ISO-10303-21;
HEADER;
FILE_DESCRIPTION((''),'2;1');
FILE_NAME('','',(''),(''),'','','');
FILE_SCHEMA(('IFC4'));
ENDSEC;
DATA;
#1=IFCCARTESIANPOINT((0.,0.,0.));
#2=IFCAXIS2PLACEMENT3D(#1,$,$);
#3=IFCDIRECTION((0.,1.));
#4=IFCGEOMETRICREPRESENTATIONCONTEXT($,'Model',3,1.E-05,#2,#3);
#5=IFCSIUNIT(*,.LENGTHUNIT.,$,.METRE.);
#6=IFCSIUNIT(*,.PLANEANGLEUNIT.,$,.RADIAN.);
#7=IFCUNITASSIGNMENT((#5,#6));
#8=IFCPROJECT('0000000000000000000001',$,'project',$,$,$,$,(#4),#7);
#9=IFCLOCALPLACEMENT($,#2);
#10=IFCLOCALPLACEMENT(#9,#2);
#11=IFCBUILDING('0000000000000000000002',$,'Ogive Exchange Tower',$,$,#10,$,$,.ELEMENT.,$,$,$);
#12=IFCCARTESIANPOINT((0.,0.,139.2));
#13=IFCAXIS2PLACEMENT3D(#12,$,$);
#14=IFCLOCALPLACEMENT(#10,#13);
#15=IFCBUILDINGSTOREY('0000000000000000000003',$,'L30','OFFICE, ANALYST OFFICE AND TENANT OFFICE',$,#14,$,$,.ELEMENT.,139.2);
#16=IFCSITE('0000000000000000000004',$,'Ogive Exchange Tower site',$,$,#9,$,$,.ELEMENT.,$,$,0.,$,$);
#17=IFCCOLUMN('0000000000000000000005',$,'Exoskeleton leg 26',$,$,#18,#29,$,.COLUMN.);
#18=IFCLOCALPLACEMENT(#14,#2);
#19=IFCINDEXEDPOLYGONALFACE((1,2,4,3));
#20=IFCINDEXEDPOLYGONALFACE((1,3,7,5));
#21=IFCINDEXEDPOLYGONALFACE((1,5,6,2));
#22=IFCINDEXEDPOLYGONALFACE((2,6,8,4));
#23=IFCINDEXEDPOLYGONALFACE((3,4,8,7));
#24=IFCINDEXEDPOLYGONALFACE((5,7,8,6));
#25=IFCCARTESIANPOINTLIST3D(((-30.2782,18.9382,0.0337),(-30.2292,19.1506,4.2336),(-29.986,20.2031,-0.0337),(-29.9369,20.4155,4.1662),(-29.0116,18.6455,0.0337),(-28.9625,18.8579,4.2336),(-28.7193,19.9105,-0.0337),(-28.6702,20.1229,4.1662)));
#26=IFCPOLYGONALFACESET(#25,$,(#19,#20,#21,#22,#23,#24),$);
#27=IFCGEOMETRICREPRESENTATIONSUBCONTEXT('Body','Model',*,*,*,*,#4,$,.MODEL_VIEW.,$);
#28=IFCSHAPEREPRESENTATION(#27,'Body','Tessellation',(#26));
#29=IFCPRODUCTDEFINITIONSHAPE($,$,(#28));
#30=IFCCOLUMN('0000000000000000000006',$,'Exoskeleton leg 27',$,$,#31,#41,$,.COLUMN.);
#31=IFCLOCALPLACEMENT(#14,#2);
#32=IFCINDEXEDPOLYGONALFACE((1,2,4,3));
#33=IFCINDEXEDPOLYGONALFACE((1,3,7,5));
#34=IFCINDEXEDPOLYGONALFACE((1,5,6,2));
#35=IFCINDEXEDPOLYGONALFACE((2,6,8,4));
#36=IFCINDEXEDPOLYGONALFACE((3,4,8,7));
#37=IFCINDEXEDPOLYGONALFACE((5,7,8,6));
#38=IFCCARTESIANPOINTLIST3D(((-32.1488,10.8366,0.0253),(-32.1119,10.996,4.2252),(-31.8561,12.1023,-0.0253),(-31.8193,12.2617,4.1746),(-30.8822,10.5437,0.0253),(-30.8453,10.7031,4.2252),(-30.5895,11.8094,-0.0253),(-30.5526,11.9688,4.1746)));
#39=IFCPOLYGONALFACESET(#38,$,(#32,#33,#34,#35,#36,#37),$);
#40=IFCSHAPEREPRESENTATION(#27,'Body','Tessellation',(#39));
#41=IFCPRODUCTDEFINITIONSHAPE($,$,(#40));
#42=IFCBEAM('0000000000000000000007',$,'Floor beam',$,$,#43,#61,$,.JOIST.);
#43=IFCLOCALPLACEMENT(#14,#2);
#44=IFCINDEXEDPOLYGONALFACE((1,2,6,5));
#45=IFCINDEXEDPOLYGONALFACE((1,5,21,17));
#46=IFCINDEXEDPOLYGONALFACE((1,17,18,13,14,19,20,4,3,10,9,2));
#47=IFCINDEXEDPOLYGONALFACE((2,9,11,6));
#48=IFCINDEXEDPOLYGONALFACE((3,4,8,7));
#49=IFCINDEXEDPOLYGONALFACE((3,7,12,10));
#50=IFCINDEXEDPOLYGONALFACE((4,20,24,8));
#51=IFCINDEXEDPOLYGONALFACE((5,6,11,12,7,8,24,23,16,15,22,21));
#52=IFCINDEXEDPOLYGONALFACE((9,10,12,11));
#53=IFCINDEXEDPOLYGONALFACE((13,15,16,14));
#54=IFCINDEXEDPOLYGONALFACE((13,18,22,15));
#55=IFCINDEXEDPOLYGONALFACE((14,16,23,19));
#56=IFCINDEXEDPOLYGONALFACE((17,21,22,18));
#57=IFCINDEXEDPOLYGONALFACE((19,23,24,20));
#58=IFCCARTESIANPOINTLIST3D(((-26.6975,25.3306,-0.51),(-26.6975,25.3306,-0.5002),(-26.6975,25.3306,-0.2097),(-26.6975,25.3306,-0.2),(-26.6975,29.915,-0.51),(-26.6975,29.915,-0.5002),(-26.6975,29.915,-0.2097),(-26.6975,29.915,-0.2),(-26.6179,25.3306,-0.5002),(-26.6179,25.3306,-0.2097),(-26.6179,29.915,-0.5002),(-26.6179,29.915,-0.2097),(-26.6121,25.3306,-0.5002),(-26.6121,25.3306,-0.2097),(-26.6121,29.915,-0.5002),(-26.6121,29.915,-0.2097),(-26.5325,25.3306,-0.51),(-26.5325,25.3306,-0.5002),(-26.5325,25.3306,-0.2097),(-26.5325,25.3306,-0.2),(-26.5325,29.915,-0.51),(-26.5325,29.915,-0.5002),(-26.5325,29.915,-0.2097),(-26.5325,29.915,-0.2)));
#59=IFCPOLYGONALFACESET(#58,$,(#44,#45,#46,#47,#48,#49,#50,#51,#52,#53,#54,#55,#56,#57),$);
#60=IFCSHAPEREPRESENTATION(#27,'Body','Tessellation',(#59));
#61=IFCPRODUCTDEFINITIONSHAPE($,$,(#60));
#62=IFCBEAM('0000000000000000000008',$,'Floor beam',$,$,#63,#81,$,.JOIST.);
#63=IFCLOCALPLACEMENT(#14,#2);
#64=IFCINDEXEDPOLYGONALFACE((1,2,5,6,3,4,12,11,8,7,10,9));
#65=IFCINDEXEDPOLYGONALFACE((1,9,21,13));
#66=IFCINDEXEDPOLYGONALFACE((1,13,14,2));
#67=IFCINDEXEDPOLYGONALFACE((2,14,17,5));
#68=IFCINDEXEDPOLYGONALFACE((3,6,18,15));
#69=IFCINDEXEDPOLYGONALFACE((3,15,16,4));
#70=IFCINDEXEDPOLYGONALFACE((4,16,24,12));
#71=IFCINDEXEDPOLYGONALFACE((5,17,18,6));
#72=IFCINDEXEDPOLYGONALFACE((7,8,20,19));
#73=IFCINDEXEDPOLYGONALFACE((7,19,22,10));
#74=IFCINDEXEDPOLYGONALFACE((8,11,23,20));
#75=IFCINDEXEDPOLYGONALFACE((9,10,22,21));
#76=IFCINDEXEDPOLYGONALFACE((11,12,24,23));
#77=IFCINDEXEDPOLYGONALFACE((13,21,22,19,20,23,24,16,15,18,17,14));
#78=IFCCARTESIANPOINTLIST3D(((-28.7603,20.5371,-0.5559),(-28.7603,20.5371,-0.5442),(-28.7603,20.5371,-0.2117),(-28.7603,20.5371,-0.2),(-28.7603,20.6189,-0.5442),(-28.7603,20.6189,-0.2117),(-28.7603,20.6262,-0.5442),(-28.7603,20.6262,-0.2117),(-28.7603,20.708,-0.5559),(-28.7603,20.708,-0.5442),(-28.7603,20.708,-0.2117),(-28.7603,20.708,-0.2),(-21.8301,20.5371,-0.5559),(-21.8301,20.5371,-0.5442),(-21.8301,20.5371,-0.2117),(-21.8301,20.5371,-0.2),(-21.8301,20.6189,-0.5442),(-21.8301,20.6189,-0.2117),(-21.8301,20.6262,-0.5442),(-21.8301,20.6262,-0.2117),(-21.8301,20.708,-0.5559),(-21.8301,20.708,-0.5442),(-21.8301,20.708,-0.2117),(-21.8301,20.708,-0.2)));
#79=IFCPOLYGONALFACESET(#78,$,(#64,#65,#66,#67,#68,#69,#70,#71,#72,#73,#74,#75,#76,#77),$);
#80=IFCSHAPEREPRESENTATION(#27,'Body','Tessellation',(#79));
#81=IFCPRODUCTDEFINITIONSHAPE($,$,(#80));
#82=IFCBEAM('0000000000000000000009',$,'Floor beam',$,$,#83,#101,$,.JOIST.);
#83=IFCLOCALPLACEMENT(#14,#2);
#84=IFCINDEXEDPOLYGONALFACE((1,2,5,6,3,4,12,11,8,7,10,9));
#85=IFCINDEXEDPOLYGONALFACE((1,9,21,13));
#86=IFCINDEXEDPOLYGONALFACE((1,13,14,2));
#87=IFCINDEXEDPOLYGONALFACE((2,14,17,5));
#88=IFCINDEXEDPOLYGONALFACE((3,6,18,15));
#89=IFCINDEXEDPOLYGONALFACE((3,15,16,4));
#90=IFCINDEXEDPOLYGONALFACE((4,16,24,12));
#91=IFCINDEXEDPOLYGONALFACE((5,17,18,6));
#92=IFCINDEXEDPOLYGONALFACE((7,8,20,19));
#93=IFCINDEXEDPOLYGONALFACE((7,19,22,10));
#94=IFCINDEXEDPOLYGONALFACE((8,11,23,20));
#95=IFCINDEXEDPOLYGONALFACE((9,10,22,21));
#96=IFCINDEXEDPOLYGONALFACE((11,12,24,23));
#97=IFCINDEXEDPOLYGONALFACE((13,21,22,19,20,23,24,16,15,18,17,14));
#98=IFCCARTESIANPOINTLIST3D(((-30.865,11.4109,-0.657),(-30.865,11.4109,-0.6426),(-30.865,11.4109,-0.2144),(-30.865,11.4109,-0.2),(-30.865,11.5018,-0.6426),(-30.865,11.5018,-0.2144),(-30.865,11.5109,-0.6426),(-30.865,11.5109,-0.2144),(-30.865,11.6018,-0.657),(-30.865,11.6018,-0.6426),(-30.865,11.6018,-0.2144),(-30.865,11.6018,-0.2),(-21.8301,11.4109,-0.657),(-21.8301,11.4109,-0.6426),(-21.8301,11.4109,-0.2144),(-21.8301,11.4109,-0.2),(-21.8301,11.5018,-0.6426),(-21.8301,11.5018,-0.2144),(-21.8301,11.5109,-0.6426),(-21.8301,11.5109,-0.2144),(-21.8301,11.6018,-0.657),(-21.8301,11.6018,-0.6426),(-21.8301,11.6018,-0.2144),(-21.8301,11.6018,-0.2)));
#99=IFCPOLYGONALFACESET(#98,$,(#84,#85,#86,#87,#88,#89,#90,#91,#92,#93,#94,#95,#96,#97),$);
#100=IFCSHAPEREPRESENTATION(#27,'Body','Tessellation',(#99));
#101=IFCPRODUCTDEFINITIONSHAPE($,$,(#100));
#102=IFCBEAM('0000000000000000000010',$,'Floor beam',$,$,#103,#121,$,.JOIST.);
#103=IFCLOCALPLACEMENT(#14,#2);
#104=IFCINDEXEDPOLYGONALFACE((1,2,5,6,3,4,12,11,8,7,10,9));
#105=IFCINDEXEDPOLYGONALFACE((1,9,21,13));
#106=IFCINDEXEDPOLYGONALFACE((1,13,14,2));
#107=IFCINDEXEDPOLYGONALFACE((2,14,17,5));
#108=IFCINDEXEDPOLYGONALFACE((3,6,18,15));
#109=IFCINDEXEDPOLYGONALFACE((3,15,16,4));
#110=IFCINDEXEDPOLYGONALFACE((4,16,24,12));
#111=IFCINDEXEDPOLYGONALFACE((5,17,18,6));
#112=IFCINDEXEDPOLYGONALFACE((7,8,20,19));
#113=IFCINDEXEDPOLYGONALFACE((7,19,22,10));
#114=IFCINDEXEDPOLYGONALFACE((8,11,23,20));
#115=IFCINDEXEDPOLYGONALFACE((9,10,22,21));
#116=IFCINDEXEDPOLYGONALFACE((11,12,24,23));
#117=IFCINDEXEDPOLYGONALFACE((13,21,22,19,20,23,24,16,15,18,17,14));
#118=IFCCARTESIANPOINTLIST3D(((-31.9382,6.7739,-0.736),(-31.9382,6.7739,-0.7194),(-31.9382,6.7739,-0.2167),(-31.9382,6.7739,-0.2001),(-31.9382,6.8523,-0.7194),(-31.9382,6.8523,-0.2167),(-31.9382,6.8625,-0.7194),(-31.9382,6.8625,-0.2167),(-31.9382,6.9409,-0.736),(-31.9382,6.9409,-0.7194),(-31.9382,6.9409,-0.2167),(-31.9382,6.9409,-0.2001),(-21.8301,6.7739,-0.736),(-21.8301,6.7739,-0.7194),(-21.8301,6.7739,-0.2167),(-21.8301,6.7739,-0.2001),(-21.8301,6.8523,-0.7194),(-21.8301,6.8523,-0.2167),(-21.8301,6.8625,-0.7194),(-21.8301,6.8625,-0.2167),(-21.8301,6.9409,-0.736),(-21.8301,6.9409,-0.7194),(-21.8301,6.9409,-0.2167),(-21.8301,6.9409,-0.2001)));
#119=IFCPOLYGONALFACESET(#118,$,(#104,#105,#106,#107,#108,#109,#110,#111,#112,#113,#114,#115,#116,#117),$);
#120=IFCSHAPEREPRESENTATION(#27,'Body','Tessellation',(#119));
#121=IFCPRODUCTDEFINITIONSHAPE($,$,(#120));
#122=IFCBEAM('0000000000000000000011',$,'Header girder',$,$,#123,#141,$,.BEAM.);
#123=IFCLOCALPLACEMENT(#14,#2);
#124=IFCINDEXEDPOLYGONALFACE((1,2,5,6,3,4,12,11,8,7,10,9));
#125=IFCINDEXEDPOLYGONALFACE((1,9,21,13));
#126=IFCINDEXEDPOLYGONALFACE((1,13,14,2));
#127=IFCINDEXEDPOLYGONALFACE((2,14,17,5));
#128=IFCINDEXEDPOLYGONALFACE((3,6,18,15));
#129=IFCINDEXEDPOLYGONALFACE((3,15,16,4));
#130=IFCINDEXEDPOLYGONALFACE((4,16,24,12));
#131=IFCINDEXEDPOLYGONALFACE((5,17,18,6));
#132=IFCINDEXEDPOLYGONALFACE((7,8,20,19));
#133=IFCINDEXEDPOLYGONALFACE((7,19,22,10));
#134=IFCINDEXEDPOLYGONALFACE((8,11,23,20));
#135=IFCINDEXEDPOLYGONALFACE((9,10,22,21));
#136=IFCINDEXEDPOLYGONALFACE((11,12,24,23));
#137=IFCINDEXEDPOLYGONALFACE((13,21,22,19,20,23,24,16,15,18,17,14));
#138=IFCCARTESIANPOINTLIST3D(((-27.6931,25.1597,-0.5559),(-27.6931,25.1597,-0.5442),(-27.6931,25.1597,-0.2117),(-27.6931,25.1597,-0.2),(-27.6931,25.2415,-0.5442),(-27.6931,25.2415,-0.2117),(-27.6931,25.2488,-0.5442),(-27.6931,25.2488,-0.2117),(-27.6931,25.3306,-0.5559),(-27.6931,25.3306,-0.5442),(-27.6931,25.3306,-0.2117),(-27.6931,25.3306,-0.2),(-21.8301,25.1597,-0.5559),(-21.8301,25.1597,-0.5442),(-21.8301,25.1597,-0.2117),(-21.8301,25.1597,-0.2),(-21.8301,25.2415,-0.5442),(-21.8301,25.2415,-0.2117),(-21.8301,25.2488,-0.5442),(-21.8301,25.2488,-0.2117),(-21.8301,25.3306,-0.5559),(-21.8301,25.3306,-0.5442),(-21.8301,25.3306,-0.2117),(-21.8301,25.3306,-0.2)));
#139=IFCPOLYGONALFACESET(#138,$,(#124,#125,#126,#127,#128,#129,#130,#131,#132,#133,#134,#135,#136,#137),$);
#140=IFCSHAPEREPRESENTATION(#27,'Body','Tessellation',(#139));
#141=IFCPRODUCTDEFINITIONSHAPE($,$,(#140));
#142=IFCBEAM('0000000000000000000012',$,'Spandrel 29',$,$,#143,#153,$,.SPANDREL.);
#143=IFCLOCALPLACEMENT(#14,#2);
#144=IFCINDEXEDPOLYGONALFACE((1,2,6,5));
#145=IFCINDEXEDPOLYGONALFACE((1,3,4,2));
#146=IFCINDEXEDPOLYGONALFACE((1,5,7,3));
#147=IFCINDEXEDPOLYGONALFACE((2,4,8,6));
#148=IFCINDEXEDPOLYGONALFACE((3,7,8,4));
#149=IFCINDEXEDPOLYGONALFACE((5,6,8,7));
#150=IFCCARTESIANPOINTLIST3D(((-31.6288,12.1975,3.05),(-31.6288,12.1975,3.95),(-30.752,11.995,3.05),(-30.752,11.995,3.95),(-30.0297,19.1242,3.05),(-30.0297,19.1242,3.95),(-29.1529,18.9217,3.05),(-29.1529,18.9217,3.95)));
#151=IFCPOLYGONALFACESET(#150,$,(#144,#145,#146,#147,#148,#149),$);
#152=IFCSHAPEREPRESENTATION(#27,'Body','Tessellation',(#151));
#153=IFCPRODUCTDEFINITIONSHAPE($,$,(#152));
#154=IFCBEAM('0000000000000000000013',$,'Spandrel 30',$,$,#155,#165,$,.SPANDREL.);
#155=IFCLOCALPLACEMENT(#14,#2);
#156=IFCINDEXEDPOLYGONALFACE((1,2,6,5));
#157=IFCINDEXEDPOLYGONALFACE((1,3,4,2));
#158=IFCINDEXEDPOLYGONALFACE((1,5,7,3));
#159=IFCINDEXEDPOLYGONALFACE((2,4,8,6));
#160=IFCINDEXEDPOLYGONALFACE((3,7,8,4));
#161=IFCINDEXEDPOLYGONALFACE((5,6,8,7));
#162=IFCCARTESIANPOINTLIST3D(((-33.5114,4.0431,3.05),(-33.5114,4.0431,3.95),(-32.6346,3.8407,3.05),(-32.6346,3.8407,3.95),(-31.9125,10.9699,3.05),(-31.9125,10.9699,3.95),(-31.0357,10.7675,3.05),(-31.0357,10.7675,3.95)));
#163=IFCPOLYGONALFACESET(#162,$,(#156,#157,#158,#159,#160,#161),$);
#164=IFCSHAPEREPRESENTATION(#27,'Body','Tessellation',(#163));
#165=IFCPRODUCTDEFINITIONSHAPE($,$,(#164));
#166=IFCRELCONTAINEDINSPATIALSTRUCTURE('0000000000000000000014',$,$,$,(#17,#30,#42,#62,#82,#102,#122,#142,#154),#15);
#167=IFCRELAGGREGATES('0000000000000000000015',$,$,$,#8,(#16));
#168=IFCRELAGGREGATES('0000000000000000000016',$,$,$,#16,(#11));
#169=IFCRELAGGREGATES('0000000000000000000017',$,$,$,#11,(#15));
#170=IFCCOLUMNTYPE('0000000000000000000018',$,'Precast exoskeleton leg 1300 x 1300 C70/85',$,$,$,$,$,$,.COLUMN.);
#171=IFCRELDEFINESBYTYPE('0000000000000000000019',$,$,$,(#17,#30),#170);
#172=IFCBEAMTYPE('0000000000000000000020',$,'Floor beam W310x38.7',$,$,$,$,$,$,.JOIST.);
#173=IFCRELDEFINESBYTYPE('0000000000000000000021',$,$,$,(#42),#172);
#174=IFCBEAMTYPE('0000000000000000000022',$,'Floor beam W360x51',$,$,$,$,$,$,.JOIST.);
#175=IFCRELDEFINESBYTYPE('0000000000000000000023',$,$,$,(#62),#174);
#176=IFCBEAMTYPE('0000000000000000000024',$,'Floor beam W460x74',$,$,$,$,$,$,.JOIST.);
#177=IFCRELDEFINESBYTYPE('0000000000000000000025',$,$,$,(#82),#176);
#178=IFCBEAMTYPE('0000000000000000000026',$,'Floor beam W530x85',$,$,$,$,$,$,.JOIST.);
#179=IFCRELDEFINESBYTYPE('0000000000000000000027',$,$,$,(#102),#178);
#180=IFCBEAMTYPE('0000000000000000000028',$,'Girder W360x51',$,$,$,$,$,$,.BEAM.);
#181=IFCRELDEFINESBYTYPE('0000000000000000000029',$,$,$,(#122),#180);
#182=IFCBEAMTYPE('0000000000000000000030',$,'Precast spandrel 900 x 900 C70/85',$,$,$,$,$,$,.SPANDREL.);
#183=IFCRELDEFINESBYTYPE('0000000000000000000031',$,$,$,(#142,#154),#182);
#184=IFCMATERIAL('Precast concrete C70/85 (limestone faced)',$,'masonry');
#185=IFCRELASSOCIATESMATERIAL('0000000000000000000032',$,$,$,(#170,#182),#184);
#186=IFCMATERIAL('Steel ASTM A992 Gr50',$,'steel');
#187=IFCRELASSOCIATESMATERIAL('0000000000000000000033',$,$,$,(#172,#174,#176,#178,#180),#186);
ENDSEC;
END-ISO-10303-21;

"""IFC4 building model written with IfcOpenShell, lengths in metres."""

from ifc_helpers import new_model, si_unit, direction, frame, origin, origin_2d, place, context, subcontext, project, spatial, rectangle, i_section, extrude, material, material_profile, profile_set, type_object, element, save


model = new_model("IFC4")

# Units and contexts
model_context = context("Model", 3, precision=1e-05, world=origin(), true_north=direction((0.0, 1.0)))
body_context = subcontext(model_context, "Body", "Model", "MODEL_VIEW")
ifc_project = project(units=[si_unit("LENGTHUNIT", "METRE"), si_unit("PLANEANGLEUNIT", "RADIAN")], contexts=[model_context])

# Site, building, storey
site_placement = place(None, origin())
site = spatial("IfcSite", under=ifc_project, at=site_placement, Name="Ogive Exchange Tower site", CompositionType="ELEMENT", RefElevation=0.0)
building_placement = place(site_placement, origin())
building = spatial("IfcBuilding", under=site, at=building_placement, Name="Ogive Exchange Tower", CompositionType="ELEMENT")
storey_placement = place(building_placement, frame((0.0, 0.0, 139.2)))
storey = spatial("IfcBuildingStorey", under=building, at=storey_placement, Name="L30", Description="OFFICE, ANALYST OFFICE AND TENANT OFFICE", CompositionType="ELEMENT", Elevation=139.2)

# Columns
ifc_material_1 = material(Name="Precast concrete C70/85 (limestone faced)", Category="masonry")
ifc_material_profile_1 = material_profile(ifc_material_1, rectangle(XDim=1.3, YDim=1.3, at=origin_2d()), Name="1300 x 1300")
ifc_profile_set_1 = profile_set([ifc_material_profile_1], Name="Precast concrete C70/85 (limestone faced)")
column_type = type_object("IfcColumnType", Name="Precast exoskeleton leg 1300 x 1300 C70/85", PredefinedType="COLUMN", material=ifc_profile_set_1)
column_1_placement = place(storey_placement, frame((-29.4988, 19.4243, 0.0), z_axis=(0.011668, 0.050505, 0.998656), x_axis=(-0.974335, 0.225105, 0.0)))
element("IfcColumn", 1, at=column_1_placement, inside=storey, type_object=column_type, Name="Exoskeleton leg 26", PredefinedType="COLUMN", context=body_context, shape_type="SweptSolid", body=[
    extrude(rectangle(XDim=1.3, YDim=1.3, at=origin_2d()), origin(), (0.0, 0.0, 1.0), 4.2056),
])
column_2_placement = place(storey_placement, frame((-31.3691, 11.323, 0.0), z_axis=(0.008771, 0.03793, 0.999242), x_axis=(-0.974291, 0.225295, 0.0)))
element("IfcColumn", 2, at=column_2_placement, inside=storey, type_object=column_type, Name="Exoskeleton leg 27", PredefinedType="COLUMN", context=body_context, shape_type="SweptSolid", body=[
    extrude(rectangle(XDim=1.3, YDim=1.3, at=origin_2d()), origin(), (0.0, 0.0, 1.0), 4.2031),
])

# Beams
ifc_material_2 = material(Name="Steel ASTM A992 Gr50", Category="steel")
ifc_material_profile_2 = material_profile(ifc_material_2, i_section(OverallWidth=0.165, OverallDepth=0.3101, WebThickness=0.0059, FlangeThickness=0.0098, at=origin_2d()), Name="W310x38.7")
ifc_profile_set_2 = profile_set([ifc_material_profile_2], Name="Steel ASTM A992 Gr50")
beam_type_1 = type_object("IfcBeamType", Name="Floor beam W310x38.7", PredefinedType="JOIST", material=ifc_profile_set_2)
beam_1_placement = place(storey_placement, frame((-26.615, 25.3306, -0.355), z_axis=(0.0, 1.0, 0.0), x_axis=(-1.0, 0.0, 0.0)))
element("IfcBeam", 3, at=beam_1_placement, inside=storey, type_object=beam_type_1, Name="Floor beam", PredefinedType="JOIST", context=body_context, shape_type="SweptSolid", body=[
    extrude(i_section(OverallWidth=0.165, OverallDepth=0.3101, WebThickness=0.0059, FlangeThickness=0.0098, at=origin_2d()), origin(), (0.0, 0.0, 1.0), 4.5845),
])
ifc_material_profile_3 = material_profile(ifc_material_2, i_section(OverallWidth=0.1709, OverallDepth=0.356, WebThickness=0.0073, FlangeThickness=0.0117, at=origin_2d()), Name="W360x51")
ifc_profile_set_3 = profile_set([ifc_material_profile_3], Name="Steel ASTM A992 Gr50")
beam_type_2 = type_object("IfcBeamType", Name="Floor beam W360x51", PredefinedType="JOIST", material=ifc_profile_set_3)
beam_2_placement = place(storey_placement, frame((-28.7603, 20.6226, -0.3779), z_axis=(1.0, 0.0, 0.0), x_axis=(0.0, 1.0, 0.0)))
element("IfcBeam", 4, at=beam_2_placement, inside=storey, type_object=beam_type_2, Name="Floor beam", PredefinedType="JOIST", context=body_context, shape_type="SweptSolid", body=[
    extrude(i_section(OverallWidth=0.1709, OverallDepth=0.356, WebThickness=0.0073, FlangeThickness=0.0117, at=origin_2d()), origin(), (0.0, 0.0, 1.0), 6.9302),
])
ifc_material_profile_4 = material_profile(ifc_material_2, i_section(OverallWidth=0.1909, OverallDepth=0.457, WebThickness=0.009, FlangeThickness=0.0144, at=origin_2d()), Name="W460x74")
ifc_profile_set_4 = profile_set([ifc_material_profile_4], Name="Steel ASTM A992 Gr50")
beam_type_3 = type_object("IfcBeamType", Name="Floor beam W460x74", PredefinedType="JOIST", material=ifc_profile_set_4)
beam_3_placement = place(storey_placement, frame((-30.865, 11.5063, -0.4285), z_axis=(1.0, 0.0, 0.0), x_axis=(0.0, 1.0, 0.0)))
element("IfcBeam", 5, at=beam_3_placement, inside=storey, type_object=beam_type_3, Name="Floor beam", PredefinedType="JOIST", context=body_context, shape_type="SweptSolid", body=[
    extrude(i_section(OverallWidth=0.1909, OverallDepth=0.457, WebThickness=0.009, FlangeThickness=0.0144, at=origin_2d()), origin(), (0.0, 0.0, 1.0), 9.0349),
])
ifc_material_profile_5 = material_profile(ifc_material_2, i_section(OverallWidth=0.167, OverallDepth=0.5359, WebThickness=0.0103, FlangeThickness=0.0166, at=origin_2d()), Name="W530x85")
ifc_profile_set_5 = profile_set([ifc_material_profile_5], Name="Steel ASTM A992 Gr50")
beam_type_4 = type_object("IfcBeamType", Name="Floor beam W530x85", PredefinedType="JOIST", material=ifc_profile_set_5)
beam_4_placement = place(storey_placement, frame((-31.9382, 6.8574, -0.468), z_axis=(1.0, 0.0, 0.0), x_axis=(0.0, 1.0, 0.0)))
element("IfcBeam", 6, at=beam_4_placement, inside=storey, type_object=beam_type_4, Name="Floor beam", PredefinedType="JOIST", context=body_context, shape_type="SweptSolid", body=[
    extrude(i_section(OverallWidth=0.167, OverallDepth=0.5359, WebThickness=0.0103, FlangeThickness=0.0166, at=origin_2d()), origin(), (0.0, 0.0, 1.0), 10.1082),
])
ifc_material_profile_6 = material_profile(ifc_material_2, i_section(OverallWidth=0.1709, OverallDepth=0.356, WebThickness=0.0073, FlangeThickness=0.0117, at=origin_2d()), Name="W360x51")
ifc_profile_set_6 = profile_set([ifc_material_profile_6], Name="Steel ASTM A992 Gr50")
beam_type_5 = type_object("IfcBeamType", Name="Girder W360x51", PredefinedType="BEAM", material=ifc_profile_set_6)
beam_5_placement = place(storey_placement, frame((-27.6931, 25.2451, -0.3779), z_axis=(1.0, 0.0, 0.0), x_axis=(0.0, 1.0, 0.0)))
element("IfcBeam", 7, at=beam_5_placement, inside=storey, type_object=beam_type_5, Name="Header girder", PredefinedType="BEAM", context=body_context, shape_type="SweptSolid", body=[
    extrude(i_section(OverallWidth=0.1709, OverallDepth=0.356, WebThickness=0.0073, FlangeThickness=0.0117, at=origin_2d()), origin(), (0.0, 0.0, 1.0), 5.863),
])
ifc_material_profile_7 = material_profile(ifc_material_1, rectangle(XDim=0.8999, YDim=0.8999, at=origin_2d()), Name="900 x 900")
ifc_profile_set_7 = profile_set([ifc_material_profile_7], Name="Precast concrete C70/85 (limestone faced)")
beam_type_6 = type_object("IfcBeamType", Name="Precast spandrel 900 x 900 C70/85", PredefinedType="SPANDREL", material=ifc_profile_set_7)
for number, where, z_axis, x_axis, name in (
    (8, (-29.5913, 19.0229, 3.5), (-0.224945, -0.974372, 0.0), (0.974372, -0.224945, 0.0), "Spandrel 29"),
    (9, (-31.4741, 10.8687, 3.5), (-0.224912, -0.974379, 0.0), (0.974379, -0.224912, 0.0), "Spandrel 30"),
):
    element("IfcBeam", number, at=place(storey_placement, frame(where, z_axis=z_axis, x_axis=x_axis)), inside=storey, type_object=beam_type_6, Name=name, PredefinedType="SPANDREL", context=body_context, shape_type="SweptSolid", body=[
        extrude(rectangle(XDim=0.8999, YDim=0.8999, at=origin_2d()), origin(), (0.0, 0.0, 1.0), 7.1089),
    ])

save(model, "model.ifc")
